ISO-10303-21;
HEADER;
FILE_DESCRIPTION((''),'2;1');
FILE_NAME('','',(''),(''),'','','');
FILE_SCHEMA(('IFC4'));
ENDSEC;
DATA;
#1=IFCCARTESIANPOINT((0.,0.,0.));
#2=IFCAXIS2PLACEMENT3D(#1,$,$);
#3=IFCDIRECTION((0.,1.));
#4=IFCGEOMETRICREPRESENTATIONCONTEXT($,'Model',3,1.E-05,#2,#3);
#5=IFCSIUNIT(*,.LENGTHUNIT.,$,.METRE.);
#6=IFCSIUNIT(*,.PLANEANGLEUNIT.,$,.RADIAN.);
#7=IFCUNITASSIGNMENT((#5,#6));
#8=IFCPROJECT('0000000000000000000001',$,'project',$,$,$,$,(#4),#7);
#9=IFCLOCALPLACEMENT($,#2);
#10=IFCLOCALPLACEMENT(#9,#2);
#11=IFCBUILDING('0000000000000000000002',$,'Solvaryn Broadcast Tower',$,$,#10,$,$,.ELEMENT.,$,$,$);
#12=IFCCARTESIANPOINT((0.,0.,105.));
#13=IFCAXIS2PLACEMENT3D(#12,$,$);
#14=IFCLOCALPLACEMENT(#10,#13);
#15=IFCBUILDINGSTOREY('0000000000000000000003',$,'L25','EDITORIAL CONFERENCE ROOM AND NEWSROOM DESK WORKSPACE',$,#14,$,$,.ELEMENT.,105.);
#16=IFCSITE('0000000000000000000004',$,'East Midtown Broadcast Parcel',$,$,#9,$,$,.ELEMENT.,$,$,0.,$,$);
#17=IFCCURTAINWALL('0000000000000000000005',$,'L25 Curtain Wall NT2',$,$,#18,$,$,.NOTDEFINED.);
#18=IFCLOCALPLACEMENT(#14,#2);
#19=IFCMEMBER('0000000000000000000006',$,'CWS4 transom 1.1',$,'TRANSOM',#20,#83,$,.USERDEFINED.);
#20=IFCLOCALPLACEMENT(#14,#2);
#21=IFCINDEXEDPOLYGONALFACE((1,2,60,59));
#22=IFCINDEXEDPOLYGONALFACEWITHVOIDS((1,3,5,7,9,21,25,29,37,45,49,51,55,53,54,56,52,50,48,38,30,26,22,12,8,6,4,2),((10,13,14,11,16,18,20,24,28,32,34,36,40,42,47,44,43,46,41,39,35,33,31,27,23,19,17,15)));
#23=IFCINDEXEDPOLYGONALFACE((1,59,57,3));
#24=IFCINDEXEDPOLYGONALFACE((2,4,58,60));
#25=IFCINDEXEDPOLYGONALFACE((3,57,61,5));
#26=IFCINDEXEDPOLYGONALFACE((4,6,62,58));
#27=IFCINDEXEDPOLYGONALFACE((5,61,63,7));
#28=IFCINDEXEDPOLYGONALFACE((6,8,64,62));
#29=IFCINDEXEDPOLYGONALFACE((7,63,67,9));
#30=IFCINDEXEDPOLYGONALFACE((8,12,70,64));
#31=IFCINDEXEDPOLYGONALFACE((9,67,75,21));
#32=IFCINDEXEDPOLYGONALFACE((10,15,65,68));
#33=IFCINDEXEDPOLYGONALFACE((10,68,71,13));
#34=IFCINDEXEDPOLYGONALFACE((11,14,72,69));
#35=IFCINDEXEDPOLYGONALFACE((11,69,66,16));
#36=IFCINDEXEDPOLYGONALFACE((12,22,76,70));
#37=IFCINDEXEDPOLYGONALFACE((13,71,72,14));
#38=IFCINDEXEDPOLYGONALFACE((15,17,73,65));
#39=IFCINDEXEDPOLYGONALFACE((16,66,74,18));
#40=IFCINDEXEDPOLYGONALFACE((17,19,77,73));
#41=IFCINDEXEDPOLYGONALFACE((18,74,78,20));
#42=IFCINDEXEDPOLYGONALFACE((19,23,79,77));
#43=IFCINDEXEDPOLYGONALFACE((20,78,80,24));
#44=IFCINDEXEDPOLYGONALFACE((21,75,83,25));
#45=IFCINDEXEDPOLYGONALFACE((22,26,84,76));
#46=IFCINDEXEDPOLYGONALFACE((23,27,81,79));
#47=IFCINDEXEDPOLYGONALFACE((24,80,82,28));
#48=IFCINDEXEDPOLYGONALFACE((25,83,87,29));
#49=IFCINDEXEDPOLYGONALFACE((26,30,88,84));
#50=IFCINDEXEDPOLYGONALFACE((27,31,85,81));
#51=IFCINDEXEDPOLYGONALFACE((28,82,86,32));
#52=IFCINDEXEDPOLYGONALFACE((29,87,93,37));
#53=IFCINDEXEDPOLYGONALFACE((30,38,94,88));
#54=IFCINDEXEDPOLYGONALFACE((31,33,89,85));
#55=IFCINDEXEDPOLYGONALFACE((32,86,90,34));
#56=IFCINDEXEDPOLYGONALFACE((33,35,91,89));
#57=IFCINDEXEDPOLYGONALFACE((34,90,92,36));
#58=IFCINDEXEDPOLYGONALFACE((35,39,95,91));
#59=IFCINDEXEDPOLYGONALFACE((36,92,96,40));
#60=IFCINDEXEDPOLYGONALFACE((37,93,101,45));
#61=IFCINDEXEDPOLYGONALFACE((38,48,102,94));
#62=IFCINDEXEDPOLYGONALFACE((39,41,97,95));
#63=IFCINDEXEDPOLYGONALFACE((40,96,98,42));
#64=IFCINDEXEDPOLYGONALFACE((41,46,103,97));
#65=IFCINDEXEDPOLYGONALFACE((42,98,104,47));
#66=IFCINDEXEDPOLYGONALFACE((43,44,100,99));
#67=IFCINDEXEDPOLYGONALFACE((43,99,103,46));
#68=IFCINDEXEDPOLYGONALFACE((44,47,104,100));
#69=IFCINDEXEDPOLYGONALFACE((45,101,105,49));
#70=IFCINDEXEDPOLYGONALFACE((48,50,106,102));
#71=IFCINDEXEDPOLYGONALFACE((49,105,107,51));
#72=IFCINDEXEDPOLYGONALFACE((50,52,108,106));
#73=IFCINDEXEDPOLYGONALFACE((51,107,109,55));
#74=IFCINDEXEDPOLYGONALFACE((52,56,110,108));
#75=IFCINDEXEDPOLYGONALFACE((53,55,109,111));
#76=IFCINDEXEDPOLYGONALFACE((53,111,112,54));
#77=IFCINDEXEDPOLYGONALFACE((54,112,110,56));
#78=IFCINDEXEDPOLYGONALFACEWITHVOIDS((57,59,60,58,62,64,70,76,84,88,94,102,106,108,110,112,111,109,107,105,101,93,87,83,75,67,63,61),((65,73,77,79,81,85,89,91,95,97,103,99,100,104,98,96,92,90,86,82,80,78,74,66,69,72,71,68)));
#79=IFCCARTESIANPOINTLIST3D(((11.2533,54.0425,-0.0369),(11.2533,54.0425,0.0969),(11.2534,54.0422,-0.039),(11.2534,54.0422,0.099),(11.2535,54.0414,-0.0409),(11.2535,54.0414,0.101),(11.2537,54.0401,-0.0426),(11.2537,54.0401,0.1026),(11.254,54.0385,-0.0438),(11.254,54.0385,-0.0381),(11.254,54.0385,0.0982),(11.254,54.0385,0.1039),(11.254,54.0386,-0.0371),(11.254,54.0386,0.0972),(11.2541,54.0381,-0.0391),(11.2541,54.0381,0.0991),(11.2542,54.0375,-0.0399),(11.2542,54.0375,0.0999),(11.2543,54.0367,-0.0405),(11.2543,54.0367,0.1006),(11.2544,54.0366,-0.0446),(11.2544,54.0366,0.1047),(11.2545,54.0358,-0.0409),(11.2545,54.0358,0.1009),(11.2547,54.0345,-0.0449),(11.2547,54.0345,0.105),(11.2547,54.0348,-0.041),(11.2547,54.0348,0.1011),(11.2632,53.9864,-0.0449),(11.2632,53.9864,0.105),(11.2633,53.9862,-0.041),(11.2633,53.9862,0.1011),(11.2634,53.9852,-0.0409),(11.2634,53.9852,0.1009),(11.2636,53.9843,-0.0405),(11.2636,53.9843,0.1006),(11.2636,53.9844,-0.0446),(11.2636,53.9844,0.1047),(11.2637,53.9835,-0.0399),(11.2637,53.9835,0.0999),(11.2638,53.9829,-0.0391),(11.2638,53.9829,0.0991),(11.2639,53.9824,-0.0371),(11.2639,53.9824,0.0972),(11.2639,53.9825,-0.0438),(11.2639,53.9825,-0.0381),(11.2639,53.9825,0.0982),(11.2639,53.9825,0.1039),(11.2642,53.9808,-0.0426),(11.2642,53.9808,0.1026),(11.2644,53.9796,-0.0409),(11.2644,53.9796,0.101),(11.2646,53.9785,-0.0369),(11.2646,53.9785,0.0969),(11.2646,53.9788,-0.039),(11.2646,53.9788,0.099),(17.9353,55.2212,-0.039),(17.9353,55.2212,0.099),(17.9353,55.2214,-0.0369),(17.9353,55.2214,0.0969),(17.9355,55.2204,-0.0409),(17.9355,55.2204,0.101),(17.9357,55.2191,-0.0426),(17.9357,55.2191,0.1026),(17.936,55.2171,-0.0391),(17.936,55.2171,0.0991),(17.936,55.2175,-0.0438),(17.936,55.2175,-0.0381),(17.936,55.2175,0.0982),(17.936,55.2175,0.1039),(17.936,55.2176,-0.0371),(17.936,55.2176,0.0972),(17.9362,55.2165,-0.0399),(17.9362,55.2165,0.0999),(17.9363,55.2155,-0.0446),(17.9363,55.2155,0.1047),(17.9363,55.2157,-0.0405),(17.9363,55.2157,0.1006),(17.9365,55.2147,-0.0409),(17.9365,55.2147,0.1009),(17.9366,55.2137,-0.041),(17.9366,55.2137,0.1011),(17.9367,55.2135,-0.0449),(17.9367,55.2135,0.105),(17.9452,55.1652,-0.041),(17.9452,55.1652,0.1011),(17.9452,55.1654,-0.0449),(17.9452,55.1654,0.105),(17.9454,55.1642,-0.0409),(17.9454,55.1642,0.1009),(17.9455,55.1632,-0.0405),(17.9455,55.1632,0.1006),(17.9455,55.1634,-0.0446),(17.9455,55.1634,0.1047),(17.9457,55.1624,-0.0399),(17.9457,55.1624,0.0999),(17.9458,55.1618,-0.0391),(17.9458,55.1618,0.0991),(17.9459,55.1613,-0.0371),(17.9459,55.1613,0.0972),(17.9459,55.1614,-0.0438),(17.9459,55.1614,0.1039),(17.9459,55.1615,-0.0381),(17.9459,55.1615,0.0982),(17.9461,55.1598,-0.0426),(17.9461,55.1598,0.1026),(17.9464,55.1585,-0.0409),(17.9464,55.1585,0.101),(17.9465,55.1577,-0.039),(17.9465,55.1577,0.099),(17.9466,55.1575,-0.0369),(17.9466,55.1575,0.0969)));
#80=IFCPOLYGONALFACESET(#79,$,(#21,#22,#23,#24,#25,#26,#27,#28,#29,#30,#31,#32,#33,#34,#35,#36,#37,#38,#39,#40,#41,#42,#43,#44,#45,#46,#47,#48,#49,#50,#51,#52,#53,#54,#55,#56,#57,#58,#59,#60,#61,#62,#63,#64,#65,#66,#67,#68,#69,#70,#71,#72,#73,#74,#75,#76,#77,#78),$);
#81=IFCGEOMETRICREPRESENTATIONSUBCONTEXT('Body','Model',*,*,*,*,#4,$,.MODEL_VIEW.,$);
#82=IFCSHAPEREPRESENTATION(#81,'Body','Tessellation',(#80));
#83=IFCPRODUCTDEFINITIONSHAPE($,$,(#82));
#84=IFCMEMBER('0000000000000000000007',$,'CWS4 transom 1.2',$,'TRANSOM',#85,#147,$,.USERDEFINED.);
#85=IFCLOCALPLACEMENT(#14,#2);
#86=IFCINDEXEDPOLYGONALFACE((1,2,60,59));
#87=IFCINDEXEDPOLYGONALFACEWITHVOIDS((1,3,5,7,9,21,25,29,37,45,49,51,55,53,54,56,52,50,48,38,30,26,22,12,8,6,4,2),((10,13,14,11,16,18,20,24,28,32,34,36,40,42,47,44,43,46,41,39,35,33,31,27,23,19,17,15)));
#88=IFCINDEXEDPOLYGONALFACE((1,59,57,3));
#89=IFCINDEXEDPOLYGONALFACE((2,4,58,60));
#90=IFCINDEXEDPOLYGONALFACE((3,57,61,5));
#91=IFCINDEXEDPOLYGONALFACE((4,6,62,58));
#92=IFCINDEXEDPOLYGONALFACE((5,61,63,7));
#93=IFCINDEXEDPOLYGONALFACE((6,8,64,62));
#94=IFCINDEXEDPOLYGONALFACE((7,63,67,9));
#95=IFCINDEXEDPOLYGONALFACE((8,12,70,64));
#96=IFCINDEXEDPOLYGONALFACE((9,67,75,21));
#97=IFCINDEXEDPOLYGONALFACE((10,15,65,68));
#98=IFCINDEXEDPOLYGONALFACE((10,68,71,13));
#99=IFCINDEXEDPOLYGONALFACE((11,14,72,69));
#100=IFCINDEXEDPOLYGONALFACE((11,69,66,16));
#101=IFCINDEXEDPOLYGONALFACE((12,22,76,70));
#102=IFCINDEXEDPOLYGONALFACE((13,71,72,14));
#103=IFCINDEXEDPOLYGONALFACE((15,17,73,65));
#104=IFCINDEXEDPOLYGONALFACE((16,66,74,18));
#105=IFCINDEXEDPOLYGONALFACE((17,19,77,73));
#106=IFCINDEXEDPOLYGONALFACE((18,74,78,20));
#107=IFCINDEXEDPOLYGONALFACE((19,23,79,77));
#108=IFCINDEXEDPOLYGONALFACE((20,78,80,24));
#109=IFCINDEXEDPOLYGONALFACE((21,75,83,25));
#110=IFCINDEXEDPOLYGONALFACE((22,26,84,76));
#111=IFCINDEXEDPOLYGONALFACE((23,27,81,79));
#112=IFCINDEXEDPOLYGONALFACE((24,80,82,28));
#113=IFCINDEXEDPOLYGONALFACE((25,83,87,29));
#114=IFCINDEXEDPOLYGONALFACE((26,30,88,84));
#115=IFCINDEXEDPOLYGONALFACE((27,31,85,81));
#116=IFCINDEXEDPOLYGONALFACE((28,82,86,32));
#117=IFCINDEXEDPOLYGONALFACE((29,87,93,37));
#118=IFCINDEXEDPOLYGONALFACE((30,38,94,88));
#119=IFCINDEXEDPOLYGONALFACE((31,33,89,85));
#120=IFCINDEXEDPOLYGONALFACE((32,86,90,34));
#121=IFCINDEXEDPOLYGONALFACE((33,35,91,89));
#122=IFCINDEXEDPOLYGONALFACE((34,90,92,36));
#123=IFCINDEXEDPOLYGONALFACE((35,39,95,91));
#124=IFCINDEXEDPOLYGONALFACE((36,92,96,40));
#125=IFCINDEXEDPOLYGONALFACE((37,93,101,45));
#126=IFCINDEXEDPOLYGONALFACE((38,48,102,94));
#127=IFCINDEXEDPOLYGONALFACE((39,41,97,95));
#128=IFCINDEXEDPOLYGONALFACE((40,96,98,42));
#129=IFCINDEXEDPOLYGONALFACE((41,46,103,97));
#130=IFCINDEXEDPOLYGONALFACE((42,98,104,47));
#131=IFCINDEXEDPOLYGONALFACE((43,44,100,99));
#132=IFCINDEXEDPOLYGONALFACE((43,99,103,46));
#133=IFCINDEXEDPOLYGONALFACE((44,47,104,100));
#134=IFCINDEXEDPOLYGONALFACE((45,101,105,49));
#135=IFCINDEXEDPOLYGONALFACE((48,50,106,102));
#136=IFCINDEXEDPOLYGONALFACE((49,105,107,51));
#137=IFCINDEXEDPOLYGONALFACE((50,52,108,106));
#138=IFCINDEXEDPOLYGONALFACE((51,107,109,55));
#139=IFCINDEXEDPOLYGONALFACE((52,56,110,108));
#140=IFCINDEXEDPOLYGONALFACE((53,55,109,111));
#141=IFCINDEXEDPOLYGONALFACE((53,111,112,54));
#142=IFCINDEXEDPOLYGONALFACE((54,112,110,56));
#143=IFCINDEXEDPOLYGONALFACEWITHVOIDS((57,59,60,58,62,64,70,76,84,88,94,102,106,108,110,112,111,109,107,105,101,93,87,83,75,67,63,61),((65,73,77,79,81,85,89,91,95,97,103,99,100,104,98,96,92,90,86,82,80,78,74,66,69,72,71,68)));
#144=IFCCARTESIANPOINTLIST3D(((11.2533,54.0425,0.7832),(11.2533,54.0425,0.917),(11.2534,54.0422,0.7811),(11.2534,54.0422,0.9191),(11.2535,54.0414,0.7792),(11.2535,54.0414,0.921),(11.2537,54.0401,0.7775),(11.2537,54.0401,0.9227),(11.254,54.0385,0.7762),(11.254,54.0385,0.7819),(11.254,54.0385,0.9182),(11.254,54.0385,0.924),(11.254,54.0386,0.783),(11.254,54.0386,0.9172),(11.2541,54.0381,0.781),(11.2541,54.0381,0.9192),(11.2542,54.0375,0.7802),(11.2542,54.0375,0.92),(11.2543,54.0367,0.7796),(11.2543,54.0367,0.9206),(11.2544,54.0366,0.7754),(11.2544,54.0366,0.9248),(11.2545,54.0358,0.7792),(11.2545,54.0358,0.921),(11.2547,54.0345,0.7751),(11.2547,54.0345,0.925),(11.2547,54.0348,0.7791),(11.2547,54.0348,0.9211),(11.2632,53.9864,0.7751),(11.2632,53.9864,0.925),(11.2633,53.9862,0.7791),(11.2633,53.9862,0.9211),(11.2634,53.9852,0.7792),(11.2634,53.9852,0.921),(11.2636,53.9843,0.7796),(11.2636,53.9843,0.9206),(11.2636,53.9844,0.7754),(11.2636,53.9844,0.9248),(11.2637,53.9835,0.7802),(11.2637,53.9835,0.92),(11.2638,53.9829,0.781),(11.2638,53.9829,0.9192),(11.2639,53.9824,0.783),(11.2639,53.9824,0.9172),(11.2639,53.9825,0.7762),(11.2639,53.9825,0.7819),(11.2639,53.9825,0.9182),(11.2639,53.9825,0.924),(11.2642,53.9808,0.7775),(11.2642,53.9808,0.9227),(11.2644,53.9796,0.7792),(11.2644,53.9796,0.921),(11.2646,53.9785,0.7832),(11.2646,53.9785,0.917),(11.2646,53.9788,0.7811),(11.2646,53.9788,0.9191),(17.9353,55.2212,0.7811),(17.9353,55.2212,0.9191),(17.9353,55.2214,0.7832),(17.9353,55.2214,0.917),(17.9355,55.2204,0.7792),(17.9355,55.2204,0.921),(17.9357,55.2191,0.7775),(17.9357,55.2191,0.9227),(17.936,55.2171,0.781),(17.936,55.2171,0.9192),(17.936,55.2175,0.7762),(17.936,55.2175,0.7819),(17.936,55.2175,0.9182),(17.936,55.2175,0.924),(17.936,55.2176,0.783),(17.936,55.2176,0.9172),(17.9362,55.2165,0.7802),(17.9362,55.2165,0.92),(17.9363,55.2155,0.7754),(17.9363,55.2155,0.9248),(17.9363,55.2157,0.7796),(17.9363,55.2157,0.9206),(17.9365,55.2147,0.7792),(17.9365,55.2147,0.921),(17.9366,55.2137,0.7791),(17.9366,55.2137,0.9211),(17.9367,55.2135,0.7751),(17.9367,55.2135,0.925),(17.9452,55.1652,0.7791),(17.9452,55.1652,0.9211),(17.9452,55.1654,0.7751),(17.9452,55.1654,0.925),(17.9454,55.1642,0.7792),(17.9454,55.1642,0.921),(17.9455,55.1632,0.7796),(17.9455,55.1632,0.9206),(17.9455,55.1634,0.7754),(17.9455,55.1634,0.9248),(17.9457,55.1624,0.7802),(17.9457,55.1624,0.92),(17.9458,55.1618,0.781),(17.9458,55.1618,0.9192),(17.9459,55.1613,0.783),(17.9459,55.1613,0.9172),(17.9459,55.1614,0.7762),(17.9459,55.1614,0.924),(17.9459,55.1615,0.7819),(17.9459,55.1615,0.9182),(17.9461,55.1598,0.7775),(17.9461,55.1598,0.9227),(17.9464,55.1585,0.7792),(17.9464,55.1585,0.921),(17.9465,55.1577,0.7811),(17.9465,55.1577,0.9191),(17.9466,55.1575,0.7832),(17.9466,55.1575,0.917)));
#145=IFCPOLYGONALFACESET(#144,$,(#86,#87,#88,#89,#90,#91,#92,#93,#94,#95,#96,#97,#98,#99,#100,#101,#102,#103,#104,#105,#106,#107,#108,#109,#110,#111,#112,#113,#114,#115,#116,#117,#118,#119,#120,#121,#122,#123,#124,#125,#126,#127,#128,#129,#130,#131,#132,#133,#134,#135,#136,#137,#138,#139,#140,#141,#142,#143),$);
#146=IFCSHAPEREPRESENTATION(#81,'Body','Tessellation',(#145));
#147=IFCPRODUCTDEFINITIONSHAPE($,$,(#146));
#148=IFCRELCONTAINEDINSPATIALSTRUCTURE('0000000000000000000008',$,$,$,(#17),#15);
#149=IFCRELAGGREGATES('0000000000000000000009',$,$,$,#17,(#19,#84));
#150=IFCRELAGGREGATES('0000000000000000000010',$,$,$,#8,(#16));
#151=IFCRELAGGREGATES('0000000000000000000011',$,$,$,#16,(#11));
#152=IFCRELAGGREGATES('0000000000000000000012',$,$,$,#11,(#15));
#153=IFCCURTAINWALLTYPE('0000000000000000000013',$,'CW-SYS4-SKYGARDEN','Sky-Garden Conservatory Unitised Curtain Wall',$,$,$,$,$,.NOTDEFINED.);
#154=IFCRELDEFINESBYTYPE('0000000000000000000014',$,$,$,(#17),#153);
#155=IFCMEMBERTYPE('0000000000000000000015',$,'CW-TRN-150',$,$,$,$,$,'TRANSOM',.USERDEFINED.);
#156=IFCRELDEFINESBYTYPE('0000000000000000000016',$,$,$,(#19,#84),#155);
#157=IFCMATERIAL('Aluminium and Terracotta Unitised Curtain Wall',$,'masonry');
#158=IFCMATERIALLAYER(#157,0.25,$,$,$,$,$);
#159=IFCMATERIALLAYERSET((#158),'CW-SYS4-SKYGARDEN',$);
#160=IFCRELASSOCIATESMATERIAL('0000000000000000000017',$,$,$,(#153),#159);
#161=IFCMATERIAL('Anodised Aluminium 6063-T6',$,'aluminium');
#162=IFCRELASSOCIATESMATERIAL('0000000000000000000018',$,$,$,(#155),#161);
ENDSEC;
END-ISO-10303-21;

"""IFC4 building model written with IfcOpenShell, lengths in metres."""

from ifc_helpers import new_model, si_unit, direction, frame, origin, origin_2d, place, context, subcontext, project, spatial, hollow_rectangle, extrude, material, layer, layer_set, material_profile, profile_set, type_object, element, aggregate, save


model = new_model("IFC4")

# Units and contexts
model_context = context("Model", 3, precision=1e-05, world=origin(), true_north=direction((0.0, 1.0)))
body_context = subcontext(model_context, "Body", "Model", "MODEL_VIEW")
ifc_project = project(units=[si_unit("LENGTHUNIT", "METRE"), si_unit("PLANEANGLEUNIT", "RADIAN")], contexts=[model_context])

# Site, building, storey
site_placement = place(None, origin())
site = spatial("IfcSite", under=ifc_project, at=site_placement, Name="East Midtown Broadcast Parcel", CompositionType="ELEMENT", RefElevation=0.0)
building_placement = place(site_placement, origin())
building = spatial("IfcBuilding", under=site, at=building_placement, Name="Solvaryn Broadcast Tower", CompositionType="ELEMENT")
storey_placement = place(building_placement, frame((0.0, 0.0, 105.0)))
storey = spatial("IfcBuildingStorey", under=building, at=storey_placement, Name="L25", Description="EDITORIAL CONFERENCE ROOM AND NEWSROOM DESK WORKSPACE", CompositionType="ELEMENT", Elevation=105.0)

# Shared definitions
ifc_material_1 = material(Name="Aluminium and Terracotta Unitised Curtain Wall", Category="masonry")
ifc_layer_1 = layer(ifc_material_1, 0.25)
ifc_layer_set_1 = layer_set([ifc_layer_1], Name="CW-SYS4-SKYGARDEN")
curtain_wall_type = type_object("IfcCurtainWallType", Name="CW-SYS4-SKYGARDEN", Description="Sky-Garden Conservatory Unitised Curtain Wall", PredefinedType="NOTDEFINED", material=ifc_layer_set_1)

# Curtain wall, members
curtain_wall_1_placement = place(storey_placement, origin())
curtain_wall_1 = element("IfcCurtainWall", 1, at=curtain_wall_1_placement, inside=storey, type_object=curtain_wall_type, Name="L25 Curtain Wall NT2", PredefinedType="NOTDEFINED")
ifc_material_2 = material(Name="Anodised Aluminium 6063-T6", Category="aluminium")
ifc_material_profile_1 = material_profile(ifc_material_2, hollow_rectangle(XDim=0.0649, YDim=0.1499, WallThickness=0.0039, InnerFilletRadius=0.0039, OuterFilletRadius=0.0081, at=origin_2d()))
ifc_profile_set_1 = profile_set([ifc_material_profile_1], Name="Anodised Aluminium 6063-T6")
member_type_1 = type_object("IfcMemberType", Name="CW-TRN-150", ElementType="TRANSOM", PredefinedType="USERDEFINED", material=ifc_profile_set_1)
member_1_placement = place(storey_placement, frame((17.9409, 55.1895, 0.03), z_axis=(-0.984789, -0.173757, 0.0), x_axis=(0.173757, -0.984789, 0.0)))
member_1 = element("IfcMember", 2, at=member_1_placement, type_object=member_type_1, Name="CWS4 transom 1.1", ObjectType="TRANSOM", PredefinedType="USERDEFINED", context=body_context, shape_type="SweptSolid", body=[
    extrude(hollow_rectangle(XDim=0.0649, YDim=0.1499, WallThickness=0.0039, InnerFilletRadius=0.0039, OuterFilletRadius=0.0081, at=origin_2d()), origin(), (0.0, 0.0, 1.0), 6.7852),
])
member_2_placement = place(storey_placement, frame((17.9409, 55.1895, 0.8501), z_axis=(-0.984789, -0.173757, 0.0), x_axis=(0.173757, -0.984789, 0.0)))
member_2 = element("IfcMember", 3, at=member_2_placement, type_object=member_type_1, Name="CWS4 transom 1.2", ObjectType="TRANSOM", PredefinedType="USERDEFINED", context=body_context, shape_type="SweptSolid", body=[
    extrude(hollow_rectangle(XDim=0.0649, YDim=0.1499, WallThickness=0.0039, InnerFilletRadius=0.0039, OuterFilletRadius=0.0081, at=origin_2d()), origin(), (0.0, 0.0, 1.0), 6.7852),
])

aggregate(curtain_wall_1, [member_1, member_2])

save(model, "model.ifc")
